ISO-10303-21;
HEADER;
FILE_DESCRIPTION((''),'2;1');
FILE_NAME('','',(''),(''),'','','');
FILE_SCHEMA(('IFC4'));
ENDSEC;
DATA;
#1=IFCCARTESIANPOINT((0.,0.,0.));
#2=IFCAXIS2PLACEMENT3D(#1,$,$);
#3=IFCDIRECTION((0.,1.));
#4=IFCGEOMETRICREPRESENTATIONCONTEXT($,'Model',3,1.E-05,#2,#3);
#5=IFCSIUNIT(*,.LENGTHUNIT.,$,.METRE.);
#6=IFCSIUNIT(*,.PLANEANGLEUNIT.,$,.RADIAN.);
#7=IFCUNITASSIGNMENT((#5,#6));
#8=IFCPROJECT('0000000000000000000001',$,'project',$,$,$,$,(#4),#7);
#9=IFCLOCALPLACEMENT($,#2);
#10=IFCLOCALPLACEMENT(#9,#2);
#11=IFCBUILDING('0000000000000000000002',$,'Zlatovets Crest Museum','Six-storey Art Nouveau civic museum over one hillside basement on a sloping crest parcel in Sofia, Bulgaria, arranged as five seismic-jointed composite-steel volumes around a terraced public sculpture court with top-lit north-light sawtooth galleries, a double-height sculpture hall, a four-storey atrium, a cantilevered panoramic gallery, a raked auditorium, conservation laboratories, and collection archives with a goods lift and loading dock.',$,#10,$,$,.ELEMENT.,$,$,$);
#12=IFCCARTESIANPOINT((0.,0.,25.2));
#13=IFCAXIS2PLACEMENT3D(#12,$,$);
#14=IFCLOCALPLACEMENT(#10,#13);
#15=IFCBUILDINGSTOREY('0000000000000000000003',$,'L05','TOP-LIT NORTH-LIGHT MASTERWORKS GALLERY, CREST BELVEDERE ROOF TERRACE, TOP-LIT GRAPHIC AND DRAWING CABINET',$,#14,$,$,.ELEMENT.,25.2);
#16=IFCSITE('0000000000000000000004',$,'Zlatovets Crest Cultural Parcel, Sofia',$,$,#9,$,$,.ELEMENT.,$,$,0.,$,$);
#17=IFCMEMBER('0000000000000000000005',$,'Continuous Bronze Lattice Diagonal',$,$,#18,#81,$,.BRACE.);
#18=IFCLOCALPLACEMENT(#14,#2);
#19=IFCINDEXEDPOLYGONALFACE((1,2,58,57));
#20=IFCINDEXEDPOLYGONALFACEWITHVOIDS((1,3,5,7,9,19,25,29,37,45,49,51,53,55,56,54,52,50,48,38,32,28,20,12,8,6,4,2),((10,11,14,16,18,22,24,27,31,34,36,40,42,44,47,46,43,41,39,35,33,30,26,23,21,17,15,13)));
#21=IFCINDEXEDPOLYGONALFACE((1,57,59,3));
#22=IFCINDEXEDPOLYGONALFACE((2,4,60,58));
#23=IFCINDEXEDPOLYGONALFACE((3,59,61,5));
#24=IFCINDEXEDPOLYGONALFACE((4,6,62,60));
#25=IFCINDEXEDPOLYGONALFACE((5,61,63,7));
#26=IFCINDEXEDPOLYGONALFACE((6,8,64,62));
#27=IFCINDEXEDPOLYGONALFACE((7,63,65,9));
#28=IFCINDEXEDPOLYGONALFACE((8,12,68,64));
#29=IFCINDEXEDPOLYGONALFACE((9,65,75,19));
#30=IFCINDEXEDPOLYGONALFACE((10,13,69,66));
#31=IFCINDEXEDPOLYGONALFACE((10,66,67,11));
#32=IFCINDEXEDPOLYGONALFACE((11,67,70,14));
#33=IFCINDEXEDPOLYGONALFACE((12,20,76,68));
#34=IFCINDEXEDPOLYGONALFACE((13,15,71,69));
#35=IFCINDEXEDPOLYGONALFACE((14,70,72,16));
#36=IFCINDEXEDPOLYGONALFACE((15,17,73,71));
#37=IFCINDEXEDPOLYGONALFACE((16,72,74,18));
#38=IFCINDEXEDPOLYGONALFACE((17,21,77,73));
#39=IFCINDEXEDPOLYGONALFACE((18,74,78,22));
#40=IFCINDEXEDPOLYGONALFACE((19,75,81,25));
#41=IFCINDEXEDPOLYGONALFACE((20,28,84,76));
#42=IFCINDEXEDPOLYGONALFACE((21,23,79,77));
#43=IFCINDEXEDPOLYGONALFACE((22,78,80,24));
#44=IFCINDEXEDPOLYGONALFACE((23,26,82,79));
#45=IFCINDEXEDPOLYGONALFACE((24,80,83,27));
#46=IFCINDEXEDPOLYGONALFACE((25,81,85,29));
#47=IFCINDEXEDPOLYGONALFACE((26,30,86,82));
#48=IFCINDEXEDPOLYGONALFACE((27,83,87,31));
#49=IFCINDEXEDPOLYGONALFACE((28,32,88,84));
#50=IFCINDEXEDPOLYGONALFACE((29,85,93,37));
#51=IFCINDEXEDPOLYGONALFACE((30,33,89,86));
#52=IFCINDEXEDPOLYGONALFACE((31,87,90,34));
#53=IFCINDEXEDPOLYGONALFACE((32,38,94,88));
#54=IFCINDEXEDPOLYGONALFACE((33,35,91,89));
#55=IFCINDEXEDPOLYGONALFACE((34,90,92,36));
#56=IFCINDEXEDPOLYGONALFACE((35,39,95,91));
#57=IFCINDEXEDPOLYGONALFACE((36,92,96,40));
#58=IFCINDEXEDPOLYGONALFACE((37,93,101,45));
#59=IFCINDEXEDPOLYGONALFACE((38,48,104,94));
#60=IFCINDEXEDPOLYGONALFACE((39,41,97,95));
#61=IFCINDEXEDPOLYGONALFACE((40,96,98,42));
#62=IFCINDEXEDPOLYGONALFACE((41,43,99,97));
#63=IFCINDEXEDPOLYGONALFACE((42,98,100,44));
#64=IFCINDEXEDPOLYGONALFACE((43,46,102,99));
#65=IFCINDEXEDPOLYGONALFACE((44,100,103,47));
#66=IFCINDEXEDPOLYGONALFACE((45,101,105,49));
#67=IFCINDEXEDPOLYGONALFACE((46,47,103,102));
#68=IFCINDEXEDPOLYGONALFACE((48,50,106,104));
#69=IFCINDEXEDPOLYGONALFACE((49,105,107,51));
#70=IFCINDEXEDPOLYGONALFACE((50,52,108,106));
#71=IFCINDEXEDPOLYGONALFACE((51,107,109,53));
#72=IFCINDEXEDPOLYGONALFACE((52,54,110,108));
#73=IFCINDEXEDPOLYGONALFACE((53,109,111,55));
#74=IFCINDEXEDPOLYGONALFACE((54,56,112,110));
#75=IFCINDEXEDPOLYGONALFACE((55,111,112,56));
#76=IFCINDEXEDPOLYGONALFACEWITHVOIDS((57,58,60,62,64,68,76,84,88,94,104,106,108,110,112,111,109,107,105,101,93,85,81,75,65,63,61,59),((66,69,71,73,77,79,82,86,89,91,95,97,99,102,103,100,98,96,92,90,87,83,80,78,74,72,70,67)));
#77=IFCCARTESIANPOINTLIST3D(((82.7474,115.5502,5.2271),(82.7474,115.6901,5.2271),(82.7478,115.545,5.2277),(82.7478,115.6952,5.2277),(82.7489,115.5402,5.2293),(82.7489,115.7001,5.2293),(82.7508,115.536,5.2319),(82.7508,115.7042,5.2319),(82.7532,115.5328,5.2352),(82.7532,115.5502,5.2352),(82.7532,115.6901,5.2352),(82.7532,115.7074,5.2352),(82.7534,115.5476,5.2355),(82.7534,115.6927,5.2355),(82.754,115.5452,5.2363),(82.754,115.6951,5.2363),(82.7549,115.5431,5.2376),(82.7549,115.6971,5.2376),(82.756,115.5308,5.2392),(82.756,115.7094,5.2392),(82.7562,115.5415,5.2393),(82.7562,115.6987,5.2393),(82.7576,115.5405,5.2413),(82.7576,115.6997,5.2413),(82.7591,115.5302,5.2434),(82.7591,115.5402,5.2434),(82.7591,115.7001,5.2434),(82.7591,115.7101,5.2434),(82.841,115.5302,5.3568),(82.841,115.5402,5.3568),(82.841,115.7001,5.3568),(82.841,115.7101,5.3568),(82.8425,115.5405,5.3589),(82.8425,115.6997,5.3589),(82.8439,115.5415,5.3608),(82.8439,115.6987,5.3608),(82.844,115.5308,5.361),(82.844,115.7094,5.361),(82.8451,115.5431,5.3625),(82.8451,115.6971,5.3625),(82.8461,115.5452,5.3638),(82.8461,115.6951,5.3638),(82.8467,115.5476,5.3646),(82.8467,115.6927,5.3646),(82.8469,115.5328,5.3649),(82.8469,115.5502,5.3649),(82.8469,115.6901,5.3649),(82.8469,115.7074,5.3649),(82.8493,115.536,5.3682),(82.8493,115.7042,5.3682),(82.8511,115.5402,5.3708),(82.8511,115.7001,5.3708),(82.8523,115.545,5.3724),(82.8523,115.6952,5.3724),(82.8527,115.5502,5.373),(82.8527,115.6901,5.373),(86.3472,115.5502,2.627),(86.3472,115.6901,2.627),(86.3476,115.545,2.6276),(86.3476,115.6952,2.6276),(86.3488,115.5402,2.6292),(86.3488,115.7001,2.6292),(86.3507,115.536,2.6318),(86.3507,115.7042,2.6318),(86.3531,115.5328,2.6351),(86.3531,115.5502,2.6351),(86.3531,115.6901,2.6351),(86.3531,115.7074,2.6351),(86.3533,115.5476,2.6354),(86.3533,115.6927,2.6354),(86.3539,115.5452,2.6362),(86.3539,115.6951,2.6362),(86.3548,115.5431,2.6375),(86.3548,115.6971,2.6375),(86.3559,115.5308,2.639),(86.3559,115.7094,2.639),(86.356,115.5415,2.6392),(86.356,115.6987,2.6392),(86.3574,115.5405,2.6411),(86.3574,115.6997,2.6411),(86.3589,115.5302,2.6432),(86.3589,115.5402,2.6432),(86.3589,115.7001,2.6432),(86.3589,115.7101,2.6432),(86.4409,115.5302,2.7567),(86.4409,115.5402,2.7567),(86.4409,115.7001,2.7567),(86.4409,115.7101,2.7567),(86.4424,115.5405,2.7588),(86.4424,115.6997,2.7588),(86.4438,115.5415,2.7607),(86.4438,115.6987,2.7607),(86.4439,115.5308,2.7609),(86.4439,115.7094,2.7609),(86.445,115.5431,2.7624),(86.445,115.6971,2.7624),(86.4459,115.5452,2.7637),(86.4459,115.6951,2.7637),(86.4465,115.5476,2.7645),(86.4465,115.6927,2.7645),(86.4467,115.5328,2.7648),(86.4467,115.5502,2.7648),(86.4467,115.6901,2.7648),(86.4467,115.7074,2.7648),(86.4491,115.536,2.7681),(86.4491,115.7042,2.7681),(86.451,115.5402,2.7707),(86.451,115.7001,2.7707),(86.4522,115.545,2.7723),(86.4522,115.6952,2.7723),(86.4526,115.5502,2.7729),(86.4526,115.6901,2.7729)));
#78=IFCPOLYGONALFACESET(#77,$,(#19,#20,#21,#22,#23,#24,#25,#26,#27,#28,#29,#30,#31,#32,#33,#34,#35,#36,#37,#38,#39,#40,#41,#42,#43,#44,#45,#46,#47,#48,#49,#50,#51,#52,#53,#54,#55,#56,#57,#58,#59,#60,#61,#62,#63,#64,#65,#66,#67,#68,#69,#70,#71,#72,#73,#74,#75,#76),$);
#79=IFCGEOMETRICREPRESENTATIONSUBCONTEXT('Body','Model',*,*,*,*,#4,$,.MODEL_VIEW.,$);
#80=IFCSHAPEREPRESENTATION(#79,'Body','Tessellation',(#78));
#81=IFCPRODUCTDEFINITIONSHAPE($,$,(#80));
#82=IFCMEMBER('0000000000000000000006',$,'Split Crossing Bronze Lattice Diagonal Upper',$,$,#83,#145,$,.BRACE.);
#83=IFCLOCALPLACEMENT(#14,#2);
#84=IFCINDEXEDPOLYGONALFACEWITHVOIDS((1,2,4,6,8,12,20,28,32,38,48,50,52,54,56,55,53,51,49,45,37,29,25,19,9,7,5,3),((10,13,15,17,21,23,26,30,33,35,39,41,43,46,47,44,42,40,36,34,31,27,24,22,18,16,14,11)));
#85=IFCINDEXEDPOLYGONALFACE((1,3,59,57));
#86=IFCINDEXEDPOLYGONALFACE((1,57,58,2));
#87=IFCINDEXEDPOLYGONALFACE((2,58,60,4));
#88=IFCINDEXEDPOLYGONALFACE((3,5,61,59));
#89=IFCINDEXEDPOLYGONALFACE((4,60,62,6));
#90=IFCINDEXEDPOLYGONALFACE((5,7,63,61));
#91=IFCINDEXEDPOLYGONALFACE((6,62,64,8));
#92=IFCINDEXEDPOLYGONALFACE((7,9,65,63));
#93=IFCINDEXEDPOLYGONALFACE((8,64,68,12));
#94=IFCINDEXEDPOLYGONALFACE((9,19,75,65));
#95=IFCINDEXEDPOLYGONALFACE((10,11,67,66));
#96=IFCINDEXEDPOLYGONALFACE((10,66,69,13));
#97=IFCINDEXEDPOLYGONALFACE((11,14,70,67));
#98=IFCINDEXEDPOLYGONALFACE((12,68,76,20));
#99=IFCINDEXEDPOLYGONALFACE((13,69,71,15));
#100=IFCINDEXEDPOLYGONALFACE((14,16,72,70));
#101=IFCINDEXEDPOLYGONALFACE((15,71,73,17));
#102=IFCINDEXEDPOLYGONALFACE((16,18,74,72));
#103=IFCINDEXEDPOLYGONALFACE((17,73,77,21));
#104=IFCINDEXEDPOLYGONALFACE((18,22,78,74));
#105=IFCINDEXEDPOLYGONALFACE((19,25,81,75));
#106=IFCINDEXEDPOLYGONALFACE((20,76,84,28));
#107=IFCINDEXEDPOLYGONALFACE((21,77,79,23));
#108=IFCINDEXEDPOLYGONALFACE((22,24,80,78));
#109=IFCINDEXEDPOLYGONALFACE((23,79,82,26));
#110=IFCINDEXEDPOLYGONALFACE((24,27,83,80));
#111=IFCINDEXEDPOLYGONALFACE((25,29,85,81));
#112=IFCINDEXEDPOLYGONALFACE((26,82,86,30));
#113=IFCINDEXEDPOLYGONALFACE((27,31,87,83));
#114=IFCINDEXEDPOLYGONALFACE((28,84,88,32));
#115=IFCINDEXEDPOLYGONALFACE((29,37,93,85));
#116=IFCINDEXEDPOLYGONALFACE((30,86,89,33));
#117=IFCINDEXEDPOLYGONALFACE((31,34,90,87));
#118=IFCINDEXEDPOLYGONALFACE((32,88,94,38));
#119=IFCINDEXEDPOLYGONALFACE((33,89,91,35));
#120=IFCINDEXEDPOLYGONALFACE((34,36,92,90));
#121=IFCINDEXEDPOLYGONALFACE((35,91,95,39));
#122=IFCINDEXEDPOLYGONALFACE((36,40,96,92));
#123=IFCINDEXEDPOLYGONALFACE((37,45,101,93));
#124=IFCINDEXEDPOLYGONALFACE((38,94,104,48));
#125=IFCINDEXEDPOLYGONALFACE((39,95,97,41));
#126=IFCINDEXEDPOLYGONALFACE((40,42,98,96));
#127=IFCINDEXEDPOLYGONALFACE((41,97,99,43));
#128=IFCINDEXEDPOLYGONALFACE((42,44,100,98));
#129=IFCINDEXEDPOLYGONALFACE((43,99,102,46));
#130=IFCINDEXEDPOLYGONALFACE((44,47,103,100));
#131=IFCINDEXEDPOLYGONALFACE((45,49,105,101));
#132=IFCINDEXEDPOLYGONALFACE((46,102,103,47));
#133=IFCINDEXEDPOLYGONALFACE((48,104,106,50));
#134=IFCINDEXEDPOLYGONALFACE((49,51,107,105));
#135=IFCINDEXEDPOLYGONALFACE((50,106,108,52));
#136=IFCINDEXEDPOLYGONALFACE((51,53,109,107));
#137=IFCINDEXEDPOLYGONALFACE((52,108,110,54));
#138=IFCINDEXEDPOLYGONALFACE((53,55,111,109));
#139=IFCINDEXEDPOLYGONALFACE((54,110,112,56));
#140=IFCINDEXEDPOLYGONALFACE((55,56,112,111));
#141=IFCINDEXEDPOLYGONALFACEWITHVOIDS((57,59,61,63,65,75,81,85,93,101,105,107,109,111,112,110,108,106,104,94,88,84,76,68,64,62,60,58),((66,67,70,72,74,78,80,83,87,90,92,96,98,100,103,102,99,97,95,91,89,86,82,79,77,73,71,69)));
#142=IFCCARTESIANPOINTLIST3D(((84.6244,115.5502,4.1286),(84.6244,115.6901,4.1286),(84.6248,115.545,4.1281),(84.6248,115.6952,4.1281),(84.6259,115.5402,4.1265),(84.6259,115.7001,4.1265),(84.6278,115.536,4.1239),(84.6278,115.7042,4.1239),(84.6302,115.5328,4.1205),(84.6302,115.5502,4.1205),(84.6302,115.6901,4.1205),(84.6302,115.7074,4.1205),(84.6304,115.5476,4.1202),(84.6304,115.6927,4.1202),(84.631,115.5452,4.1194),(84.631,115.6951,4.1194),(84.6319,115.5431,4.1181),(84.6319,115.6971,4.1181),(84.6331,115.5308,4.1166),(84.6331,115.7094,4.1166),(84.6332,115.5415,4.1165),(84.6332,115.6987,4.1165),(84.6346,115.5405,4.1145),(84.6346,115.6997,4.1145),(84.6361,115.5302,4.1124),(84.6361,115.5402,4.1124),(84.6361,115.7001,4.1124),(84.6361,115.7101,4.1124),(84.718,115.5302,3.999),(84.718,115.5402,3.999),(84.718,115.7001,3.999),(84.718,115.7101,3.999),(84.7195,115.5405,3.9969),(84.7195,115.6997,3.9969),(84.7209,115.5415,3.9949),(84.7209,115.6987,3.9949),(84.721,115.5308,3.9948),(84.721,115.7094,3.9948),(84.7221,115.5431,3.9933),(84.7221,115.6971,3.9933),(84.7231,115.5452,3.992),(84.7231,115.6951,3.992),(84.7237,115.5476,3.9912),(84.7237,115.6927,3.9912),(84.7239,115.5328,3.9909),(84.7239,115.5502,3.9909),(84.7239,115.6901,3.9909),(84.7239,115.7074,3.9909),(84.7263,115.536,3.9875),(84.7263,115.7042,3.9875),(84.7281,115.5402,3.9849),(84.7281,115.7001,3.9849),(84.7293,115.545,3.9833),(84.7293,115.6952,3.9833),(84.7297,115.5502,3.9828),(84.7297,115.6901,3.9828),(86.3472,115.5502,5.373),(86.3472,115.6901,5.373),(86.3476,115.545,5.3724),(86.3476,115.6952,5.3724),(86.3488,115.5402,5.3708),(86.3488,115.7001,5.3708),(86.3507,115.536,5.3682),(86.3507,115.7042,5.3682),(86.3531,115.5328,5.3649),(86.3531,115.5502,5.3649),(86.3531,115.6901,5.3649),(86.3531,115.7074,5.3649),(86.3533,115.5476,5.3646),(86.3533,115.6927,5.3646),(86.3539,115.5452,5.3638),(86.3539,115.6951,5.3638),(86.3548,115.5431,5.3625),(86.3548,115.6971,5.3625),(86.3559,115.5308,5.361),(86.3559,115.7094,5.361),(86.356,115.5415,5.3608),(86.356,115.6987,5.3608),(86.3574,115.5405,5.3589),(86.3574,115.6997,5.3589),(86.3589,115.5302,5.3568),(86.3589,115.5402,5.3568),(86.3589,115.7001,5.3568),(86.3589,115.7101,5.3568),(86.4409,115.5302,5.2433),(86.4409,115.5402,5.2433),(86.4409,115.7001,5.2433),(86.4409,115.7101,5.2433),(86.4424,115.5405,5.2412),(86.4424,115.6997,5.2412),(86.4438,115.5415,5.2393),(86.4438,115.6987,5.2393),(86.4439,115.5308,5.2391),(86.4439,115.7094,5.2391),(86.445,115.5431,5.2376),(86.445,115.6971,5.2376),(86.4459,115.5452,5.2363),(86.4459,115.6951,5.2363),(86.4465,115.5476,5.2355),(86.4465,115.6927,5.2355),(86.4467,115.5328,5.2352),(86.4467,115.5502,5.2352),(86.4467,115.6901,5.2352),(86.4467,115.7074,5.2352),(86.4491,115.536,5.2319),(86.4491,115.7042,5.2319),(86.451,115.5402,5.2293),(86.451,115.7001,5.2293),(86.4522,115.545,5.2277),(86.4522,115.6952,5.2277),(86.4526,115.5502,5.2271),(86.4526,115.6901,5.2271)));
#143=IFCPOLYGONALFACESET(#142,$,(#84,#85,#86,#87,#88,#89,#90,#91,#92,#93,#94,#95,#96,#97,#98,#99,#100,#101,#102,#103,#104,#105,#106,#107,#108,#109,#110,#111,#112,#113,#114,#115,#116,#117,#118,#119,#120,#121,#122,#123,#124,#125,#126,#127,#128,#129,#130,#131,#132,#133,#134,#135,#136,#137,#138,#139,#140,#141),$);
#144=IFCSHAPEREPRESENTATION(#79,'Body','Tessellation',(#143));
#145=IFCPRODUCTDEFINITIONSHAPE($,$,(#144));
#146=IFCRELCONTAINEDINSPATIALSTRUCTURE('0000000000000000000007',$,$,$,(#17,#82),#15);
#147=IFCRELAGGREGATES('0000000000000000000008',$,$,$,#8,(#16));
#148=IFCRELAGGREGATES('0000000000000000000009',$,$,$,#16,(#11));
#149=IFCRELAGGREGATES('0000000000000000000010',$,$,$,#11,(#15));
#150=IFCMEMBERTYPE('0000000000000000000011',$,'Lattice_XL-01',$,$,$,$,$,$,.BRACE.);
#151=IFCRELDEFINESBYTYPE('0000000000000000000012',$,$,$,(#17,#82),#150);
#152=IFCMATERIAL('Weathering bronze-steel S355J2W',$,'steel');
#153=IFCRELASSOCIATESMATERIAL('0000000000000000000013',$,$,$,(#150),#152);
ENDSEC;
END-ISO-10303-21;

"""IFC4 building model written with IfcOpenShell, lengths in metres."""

from ifc_helpers import new_model, si_unit, direction, frame, origin, origin_2d, place, context, subcontext, project, spatial, hollow_rectangle, extrude, material, material_profile, profile_set, type_object, element, save


model = new_model("IFC4")

# Units and contexts
model_context = context("Model", 3, precision=1e-05, world=origin(), true_north=direction((0.0, 1.0)))
body_context = subcontext(model_context, "Body", "Model", "MODEL_VIEW")
ifc_project = project(units=[si_unit("LENGTHUNIT", "METRE"), si_unit("PLANEANGLEUNIT", "RADIAN")], contexts=[model_context])

# Site, building, storey
site_placement = place(None, origin())
site = spatial("IfcSite", under=ifc_project, at=site_placement, Name="Zlatovets Crest Cultural Parcel, Sofia", CompositionType="ELEMENT", RefElevation=0.0)
building_placement = place(site_placement, origin())
building = spatial("IfcBuilding", under=site, at=building_placement, Name="Zlatovets Crest Museum", Description="Six-storey Art Nouveau civic museum over one hillside basement on a sloping crest parcel in Sofia, Bulgaria, arranged as five seismic-jointed composite-steel volumes around a terraced public sculpture court with top-lit north-light sawtooth galleries, a double-height sculpture hall, a four-storey atrium, a cantilevered panoramic gallery, a raked auditorium, conservation laboratories, and collection archives with a goods lift and loading dock.", CompositionType="ELEMENT")
storey_placement = place(building_placement, frame((0.0, 0.0, 25.2)))
storey = spatial("IfcBuildingStorey", under=building, at=storey_placement, Name="L05", Description="TOP-LIT NORTH-LIGHT MASTERWORKS GALLERY, CREST BELVEDERE ROOF TERRACE, TOP-LIT GRAPHIC AND DRAWING CABINET", CompositionType="ELEMENT", Elevation=25.2)

# Members
ifc_material_1 = material(Name="Weathering bronze-steel S355J2W", Category="steel")
ifc_material_profile_1 = material_profile(ifc_material_1, hollow_rectangle(XDim=0.1799, YDim=0.1799, WallThickness=0.01, InnerFilletRadius=0.01, OuterFilletRadius=0.02, at=origin_2d()), Name="SHS 180x180x10.0")
ifc_profile_set_1 = profile_set([ifc_material_profile_1], Name="Weathering bronze-steel S355J2W")
member_type_1 = type_object("IfcMemberType", Name="Lattice_XL-01", PredefinedType="BRACE", material=ifc_profile_set_1)
member_1_placement = place(storey_placement, frame((86.3999, 115.6201, 2.7), z_axis=(-0.810657, 0.0, 0.585521), x_axis=(0.0, -1.0, 0.0)))
element("IfcMember", 1, at=member_1_placement, inside=storey, type_object=member_type_1, Name="Continuous Bronze Lattice Diagonal", PredefinedType="BRACE", context=body_context, shape_type="SweptSolid", body=[
    extrude(hollow_rectangle(XDim=0.1799, YDim=0.1799, WallThickness=0.01, InnerFilletRadius=0.01, OuterFilletRadius=0.02, at=origin_2d()), origin(), (0.0, 0.0, 1.0), 4.4407),
])
for number, where, z_axis, x_axis, name in (
    (2, (86.3999, 115.6201, 5.3), (-0.810664, 0.0, -0.585512), (0.0, -1.0, 0.0), "Split Crossing Bronze Lattice Diagonal Upper"),
):
    element("IfcMember", number, at=place(storey_placement, frame(where, z_axis=z_axis, x_axis=x_axis)), inside=storey, type_object=member_type_1, Name=name, PredefinedType="BRACE", context=body_context, shape_type="SweptSolid", body=[
        extrude(hollow_rectangle(XDim=0.1799, YDim=0.1799, WallThickness=0.01, InnerFilletRadius=0.01, OuterFilletRadius=0.02, at=origin_2d()), origin(), (0.0, 0.0, 1.0), 2.1252),
    ])

save(model, "model.ifc")
